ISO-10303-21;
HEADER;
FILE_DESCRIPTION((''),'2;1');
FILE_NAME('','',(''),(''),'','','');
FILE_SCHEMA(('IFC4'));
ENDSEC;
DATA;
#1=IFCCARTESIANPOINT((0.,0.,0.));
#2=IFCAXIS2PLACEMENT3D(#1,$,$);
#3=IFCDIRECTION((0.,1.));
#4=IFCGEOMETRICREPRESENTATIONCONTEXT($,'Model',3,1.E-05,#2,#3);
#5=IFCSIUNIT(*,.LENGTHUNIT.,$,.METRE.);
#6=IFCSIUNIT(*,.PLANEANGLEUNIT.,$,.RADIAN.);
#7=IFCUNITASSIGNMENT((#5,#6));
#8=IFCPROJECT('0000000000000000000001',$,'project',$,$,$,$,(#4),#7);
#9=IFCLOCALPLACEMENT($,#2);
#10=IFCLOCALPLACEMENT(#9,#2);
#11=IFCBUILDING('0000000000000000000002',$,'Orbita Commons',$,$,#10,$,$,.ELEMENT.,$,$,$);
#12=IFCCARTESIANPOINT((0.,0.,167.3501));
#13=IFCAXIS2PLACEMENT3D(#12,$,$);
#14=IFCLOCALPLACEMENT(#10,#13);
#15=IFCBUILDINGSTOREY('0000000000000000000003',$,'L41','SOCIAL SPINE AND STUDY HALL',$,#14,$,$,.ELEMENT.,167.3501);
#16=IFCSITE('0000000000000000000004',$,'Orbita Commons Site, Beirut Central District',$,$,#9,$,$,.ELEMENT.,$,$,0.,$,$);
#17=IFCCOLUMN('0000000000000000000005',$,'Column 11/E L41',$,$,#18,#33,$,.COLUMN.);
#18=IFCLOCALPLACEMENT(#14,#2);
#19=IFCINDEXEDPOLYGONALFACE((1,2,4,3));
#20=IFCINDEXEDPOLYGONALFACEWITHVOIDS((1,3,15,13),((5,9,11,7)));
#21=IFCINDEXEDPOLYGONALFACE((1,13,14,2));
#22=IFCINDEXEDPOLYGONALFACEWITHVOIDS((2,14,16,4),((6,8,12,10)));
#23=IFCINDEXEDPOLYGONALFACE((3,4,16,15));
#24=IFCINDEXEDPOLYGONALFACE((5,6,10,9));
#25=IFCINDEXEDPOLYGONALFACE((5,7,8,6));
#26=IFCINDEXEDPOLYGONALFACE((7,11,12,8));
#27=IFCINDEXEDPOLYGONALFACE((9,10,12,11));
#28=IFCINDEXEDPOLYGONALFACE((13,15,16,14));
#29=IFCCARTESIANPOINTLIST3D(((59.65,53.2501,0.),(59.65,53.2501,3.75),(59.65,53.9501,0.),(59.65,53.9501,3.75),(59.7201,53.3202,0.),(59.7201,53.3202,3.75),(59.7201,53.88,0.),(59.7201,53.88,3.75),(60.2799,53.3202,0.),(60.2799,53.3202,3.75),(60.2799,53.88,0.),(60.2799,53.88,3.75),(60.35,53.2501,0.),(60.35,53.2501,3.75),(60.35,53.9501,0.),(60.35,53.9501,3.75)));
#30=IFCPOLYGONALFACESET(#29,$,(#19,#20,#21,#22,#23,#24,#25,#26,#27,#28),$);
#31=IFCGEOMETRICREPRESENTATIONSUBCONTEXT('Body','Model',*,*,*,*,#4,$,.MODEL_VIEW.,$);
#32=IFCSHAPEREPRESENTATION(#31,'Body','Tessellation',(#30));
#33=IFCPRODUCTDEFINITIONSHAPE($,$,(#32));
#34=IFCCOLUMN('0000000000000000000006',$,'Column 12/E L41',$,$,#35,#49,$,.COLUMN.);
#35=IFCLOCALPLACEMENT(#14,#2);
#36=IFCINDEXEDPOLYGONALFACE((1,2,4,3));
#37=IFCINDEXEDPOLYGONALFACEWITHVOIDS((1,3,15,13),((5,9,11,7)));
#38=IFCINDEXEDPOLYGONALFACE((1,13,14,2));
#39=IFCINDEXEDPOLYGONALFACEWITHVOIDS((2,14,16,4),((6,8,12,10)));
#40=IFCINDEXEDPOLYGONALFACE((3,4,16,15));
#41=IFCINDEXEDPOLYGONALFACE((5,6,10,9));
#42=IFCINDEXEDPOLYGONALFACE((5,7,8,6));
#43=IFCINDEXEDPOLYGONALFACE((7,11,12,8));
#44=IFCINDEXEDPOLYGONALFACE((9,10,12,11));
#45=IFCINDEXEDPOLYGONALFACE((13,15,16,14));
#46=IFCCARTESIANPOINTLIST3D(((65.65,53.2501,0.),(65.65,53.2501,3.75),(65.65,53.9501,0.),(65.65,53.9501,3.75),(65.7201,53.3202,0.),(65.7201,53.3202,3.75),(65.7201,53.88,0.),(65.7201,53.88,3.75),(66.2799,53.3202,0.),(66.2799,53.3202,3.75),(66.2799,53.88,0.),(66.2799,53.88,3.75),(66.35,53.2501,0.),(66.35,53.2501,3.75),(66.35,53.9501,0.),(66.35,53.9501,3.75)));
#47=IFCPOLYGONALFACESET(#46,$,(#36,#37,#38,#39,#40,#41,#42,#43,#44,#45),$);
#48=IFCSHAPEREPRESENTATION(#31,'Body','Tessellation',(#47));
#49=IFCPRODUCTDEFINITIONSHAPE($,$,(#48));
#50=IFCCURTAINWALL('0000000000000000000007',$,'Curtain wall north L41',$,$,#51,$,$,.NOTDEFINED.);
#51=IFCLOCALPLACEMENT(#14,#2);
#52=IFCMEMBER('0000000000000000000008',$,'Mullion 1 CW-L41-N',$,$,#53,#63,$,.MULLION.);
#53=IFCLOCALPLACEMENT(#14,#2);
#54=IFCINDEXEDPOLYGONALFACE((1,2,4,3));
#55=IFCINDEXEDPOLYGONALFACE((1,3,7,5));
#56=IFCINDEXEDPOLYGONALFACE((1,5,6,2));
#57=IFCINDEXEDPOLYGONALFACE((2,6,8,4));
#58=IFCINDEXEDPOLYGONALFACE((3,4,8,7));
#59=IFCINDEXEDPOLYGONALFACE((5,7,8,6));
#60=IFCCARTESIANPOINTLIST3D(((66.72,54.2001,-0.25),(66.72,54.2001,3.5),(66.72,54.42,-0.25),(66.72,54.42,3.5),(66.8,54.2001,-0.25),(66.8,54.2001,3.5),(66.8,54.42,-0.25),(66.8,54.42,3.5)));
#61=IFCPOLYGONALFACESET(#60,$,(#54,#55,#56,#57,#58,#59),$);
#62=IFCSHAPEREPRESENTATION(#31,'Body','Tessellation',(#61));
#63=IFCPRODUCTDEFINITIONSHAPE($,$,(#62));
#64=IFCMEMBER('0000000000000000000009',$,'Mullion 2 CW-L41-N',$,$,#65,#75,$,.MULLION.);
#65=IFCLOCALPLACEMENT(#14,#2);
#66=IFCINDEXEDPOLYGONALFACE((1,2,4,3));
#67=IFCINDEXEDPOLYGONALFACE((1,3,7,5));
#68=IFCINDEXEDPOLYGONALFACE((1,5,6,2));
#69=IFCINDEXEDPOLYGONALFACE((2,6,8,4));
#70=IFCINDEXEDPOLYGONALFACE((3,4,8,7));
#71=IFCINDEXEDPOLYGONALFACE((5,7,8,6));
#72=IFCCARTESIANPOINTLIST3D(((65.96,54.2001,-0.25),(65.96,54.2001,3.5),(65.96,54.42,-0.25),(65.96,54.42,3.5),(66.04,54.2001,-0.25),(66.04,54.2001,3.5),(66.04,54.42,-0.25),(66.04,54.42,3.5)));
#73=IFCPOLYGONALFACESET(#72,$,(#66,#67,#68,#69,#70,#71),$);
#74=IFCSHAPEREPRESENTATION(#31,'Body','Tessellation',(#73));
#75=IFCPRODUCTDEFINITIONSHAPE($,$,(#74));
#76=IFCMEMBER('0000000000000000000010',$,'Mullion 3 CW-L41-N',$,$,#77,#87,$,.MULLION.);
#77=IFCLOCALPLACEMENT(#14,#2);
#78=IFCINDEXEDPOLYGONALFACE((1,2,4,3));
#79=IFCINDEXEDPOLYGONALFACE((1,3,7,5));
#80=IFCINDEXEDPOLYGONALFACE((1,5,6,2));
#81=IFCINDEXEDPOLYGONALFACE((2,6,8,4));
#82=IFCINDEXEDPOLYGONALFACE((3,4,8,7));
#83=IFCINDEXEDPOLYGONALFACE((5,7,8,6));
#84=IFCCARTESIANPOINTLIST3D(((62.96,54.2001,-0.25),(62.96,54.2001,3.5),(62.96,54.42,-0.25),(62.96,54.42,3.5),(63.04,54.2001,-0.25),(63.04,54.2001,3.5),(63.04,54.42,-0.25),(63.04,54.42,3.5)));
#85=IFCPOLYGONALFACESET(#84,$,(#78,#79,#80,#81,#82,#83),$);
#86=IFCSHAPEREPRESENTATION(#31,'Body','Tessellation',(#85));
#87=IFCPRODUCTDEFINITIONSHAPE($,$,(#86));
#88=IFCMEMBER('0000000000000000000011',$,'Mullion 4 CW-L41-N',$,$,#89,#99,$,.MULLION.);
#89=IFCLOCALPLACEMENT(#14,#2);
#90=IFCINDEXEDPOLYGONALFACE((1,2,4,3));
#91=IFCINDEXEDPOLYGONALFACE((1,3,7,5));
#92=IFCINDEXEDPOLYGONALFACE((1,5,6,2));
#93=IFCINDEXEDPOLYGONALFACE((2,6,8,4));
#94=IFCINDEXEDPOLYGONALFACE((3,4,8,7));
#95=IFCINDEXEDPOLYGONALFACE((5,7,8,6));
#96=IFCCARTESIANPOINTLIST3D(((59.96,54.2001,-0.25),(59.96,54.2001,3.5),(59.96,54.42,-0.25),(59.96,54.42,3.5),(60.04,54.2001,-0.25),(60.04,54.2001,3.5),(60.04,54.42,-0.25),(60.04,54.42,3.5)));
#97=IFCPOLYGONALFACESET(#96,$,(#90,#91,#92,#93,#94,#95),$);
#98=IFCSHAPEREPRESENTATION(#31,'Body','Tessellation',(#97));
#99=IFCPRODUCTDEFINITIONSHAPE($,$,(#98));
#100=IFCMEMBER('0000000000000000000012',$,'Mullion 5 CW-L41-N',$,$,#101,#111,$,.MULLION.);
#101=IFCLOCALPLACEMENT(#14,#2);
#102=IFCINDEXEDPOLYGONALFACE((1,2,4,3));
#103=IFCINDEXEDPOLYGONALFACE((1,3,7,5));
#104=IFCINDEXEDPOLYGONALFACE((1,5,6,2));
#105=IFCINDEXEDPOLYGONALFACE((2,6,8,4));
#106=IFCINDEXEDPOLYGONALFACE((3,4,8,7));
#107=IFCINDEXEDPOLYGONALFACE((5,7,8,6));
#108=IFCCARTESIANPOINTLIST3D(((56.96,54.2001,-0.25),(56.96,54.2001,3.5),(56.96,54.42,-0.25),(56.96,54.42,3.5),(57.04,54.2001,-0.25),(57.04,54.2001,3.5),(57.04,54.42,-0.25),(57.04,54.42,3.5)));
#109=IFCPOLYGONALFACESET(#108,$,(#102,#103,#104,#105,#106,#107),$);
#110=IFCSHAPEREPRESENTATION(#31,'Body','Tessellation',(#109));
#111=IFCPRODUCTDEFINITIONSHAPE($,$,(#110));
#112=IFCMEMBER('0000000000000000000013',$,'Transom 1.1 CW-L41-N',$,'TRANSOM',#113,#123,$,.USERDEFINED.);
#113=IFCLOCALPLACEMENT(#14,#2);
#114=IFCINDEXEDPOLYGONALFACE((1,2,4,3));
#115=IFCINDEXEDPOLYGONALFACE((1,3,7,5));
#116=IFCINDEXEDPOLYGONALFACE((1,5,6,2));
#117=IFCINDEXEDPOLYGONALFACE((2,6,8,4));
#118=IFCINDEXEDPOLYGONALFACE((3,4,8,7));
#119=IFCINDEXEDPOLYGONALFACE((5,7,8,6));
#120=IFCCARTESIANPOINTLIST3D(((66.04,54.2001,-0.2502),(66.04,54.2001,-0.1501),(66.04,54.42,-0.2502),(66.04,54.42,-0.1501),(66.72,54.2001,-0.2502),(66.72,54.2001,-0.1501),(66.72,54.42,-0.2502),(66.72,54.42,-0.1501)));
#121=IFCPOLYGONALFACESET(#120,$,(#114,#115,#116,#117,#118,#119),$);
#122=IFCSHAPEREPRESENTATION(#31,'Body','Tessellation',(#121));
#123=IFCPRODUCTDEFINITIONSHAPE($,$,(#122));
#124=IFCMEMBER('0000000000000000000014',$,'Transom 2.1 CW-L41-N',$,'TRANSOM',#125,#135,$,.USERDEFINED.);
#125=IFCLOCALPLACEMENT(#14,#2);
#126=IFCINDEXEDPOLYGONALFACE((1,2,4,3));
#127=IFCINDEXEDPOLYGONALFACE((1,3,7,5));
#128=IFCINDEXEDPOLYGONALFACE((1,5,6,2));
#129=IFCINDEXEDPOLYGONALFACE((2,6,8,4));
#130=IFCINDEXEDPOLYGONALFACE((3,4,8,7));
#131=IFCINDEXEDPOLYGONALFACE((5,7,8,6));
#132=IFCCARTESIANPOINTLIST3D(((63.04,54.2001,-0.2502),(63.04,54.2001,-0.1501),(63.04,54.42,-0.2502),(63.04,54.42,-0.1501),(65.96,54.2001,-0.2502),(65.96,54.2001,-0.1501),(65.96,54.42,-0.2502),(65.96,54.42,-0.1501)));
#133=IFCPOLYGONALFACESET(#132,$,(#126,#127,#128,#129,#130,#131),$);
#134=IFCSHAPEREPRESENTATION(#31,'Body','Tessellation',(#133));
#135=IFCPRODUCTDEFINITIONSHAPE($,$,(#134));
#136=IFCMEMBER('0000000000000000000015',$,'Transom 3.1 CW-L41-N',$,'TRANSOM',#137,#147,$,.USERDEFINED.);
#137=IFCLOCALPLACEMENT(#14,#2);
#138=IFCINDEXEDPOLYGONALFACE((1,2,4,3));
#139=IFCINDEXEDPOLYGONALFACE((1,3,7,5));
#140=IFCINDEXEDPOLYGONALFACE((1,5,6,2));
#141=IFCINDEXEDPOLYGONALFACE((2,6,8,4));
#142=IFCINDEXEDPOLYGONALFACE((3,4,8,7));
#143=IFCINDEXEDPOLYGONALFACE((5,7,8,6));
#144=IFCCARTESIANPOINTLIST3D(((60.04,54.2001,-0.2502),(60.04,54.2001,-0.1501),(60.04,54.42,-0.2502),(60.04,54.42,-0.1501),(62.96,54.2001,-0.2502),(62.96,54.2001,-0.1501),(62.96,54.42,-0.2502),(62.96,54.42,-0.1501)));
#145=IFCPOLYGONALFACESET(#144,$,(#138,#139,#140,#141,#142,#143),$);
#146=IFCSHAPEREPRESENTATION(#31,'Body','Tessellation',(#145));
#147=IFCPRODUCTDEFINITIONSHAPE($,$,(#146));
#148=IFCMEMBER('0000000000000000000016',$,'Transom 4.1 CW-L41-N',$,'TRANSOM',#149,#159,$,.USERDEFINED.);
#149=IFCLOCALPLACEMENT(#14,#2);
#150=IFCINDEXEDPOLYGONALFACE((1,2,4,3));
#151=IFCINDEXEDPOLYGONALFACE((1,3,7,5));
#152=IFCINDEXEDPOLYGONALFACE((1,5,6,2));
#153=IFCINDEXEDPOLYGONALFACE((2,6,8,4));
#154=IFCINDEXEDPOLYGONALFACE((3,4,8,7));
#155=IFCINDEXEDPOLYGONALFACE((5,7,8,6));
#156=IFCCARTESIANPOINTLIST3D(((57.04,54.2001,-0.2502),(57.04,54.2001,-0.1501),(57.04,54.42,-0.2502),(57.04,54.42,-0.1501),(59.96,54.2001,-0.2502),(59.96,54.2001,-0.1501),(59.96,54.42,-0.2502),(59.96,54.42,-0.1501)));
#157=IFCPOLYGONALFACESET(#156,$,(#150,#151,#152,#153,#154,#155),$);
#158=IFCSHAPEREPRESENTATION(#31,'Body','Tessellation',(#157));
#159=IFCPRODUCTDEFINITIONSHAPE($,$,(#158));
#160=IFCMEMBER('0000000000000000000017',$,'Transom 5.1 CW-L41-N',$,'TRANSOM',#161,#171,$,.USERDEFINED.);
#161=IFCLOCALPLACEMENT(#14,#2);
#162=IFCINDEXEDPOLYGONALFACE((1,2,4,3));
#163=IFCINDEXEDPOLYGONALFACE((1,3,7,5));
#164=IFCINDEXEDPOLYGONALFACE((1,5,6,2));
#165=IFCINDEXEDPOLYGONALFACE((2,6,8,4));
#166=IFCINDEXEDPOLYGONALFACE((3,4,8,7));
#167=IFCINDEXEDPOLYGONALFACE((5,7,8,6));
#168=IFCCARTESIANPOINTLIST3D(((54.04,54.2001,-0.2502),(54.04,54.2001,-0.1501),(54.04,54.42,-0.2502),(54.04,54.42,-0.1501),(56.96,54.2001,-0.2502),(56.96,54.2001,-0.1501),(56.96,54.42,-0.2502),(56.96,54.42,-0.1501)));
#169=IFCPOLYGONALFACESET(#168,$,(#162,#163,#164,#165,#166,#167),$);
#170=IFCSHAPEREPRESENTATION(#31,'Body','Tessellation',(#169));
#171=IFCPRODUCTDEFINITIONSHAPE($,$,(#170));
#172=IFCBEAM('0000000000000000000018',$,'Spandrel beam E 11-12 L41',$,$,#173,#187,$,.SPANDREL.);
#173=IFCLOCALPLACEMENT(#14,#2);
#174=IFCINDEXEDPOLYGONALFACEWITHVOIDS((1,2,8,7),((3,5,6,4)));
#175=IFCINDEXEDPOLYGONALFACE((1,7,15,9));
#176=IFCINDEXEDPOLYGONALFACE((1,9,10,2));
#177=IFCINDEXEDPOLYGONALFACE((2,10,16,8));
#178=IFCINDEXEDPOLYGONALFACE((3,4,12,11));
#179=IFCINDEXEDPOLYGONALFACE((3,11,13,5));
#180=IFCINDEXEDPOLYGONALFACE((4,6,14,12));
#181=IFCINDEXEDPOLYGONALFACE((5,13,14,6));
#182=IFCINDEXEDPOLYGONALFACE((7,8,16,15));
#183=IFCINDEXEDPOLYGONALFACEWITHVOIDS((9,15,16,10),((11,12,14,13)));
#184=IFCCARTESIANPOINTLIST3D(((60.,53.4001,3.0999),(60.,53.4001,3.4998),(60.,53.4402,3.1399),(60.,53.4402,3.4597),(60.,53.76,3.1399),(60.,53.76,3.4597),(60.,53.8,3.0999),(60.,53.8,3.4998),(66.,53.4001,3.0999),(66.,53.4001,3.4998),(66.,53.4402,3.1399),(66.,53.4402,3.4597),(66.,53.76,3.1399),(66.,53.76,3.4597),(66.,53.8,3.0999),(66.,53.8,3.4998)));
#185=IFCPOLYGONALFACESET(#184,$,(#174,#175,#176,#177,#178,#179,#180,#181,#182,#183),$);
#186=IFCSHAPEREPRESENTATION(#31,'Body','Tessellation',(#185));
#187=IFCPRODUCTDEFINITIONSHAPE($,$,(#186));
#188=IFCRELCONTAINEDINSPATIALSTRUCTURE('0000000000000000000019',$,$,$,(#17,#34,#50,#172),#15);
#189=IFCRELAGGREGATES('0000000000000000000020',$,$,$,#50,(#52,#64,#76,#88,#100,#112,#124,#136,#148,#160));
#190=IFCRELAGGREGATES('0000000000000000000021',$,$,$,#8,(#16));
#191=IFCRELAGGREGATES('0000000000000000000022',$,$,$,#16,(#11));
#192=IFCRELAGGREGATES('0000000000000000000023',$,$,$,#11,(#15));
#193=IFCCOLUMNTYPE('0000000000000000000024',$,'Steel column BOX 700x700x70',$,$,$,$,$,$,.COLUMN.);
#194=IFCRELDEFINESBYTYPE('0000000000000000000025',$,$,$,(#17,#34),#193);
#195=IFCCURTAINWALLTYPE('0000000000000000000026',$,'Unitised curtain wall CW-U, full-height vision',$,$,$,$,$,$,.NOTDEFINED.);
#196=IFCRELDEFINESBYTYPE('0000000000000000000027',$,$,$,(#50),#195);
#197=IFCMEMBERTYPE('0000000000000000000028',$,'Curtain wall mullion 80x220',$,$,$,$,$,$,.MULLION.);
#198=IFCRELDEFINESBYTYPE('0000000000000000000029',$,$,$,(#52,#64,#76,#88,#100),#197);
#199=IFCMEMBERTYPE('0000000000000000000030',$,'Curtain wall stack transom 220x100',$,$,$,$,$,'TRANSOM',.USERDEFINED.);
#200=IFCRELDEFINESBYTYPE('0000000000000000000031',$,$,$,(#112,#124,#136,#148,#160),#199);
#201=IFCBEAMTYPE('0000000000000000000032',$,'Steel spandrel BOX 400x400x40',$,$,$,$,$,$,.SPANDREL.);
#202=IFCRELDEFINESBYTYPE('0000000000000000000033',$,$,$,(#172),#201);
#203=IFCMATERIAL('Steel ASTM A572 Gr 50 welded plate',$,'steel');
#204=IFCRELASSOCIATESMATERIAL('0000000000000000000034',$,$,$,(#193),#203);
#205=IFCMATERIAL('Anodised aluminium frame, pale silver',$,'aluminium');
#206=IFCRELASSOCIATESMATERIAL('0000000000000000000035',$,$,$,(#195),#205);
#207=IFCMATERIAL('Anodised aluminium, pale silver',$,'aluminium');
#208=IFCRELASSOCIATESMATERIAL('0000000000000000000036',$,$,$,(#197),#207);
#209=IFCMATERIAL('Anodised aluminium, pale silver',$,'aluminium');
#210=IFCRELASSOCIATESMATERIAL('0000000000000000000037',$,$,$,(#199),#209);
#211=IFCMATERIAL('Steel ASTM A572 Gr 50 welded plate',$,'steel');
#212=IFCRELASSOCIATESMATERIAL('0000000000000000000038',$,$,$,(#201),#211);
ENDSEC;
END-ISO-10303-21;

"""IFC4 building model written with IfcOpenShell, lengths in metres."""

from ifc_helpers import new_model, si_unit, direction, frame, origin, origin_2d, place, context, subcontext, project, spatial, rectangle, hollow_rectangle, extrude, material, material_profile, profile_set, type_object, element, aggregate, save


model = new_model("IFC4")

# Units and contexts
model_context = context("Model", 3, precision=1e-05, world=origin(), true_north=direction((0.0, 1.0)))
body_context = subcontext(model_context, "Body", "Model", "MODEL_VIEW")
ifc_project = project(units=[si_unit("LENGTHUNIT", "METRE"), si_unit("PLANEANGLEUNIT", "RADIAN")], contexts=[model_context])

# Site, building, storey
site_placement = place(None, origin())
site = spatial("IfcSite", under=ifc_project, at=site_placement, Name="Orbita Commons Site, Beirut Central District", CompositionType="ELEMENT", RefElevation=0.0)
building_placement = place(site_placement, origin())
building = spatial("IfcBuilding", under=site, at=building_placement, Name="Orbita Commons", CompositionType="ELEMENT")
storey_placement = place(building_placement, frame((0.0, 0.0, 167.3501)))
storey = spatial("IfcBuildingStorey", under=building, at=storey_placement, Name="L41", Description="SOCIAL SPINE AND STUDY HALL", CompositionType="ELEMENT", Elevation=167.3501)

# Columns
ifc_material_1 = material(Name="Steel ASTM A572 Gr 50 welded plate", Category="steel")
ifc_material_profile_1 = material_profile(ifc_material_1, hollow_rectangle(XDim=0.7, YDim=0.7, WallThickness=0.0701, at=origin_2d()), Name="BOX 700x700x70")
ifc_profile_set_1 = profile_set([ifc_material_profile_1], Name="Steel ASTM A572 Gr 50 welded plate")
column_type = type_object("IfcColumnType", Name="Steel column BOX 700x700x70", PredefinedType="COLUMN", material=ifc_profile_set_1)
for number, where, z_axis, x_axis, name in (
    (1, (60.0, 53.6001, 0.0), (0.0, 0.0, 1.0), (1.0, 0.0, 0.0), "Column 11/E L41"),
    (2, (66.0, 53.6001, 0.0), (0.0, 0.0, 1.0), (1.0, 0.0, 0.0), "Column 12/E L41"),
):
    element("IfcColumn", number, at=place(storey_placement, frame(where, z_axis=z_axis, x_axis=x_axis)), inside=storey, type_object=column_type, Name=name, PredefinedType="COLUMN", context=body_context, shape_type="SweptSolid", body=[
        extrude(hollow_rectangle(XDim=0.7, YDim=0.7, WallThickness=0.0701, at=origin_2d()), origin(), (0.0, 0.0, 1.0), 3.75),
    ])

# Curtain wall, members
ifc_material_2 = material(Name="Anodised aluminium frame, pale silver", Category="aluminium")
curtain_wall_type = type_object("IfcCurtainWallType", Name="Unitised curtain wall CW-U, full-height vision", PredefinedType="NOTDEFINED", material=ifc_material_2)
curtain_wall_placement = place(storey_placement, origin())
curtain_wall = element("IfcCurtainWall", 3, at=curtain_wall_placement, inside=storey, type_object=curtain_wall_type, Name="Curtain wall north L41", PredefinedType="NOTDEFINED")
ifc_material_3 = material(Name="Anodised aluminium, pale silver", Category="aluminium")
ifc_material_profile_2 = material_profile(ifc_material_3, rectangle(XDim=0.0801, YDim=0.22, at=origin_2d()), Name="AL 80x220")
ifc_profile_set_2 = profile_set([ifc_material_profile_2], Name="Anodised aluminium, pale silver")
member_type_1 = type_object("IfcMemberType", Name="Curtain wall mullion 80x220", PredefinedType="MULLION", material=ifc_profile_set_2)
member_1_placement = place(storey_placement, frame((66.76, 54.3101, -0.25), z_axis=(0.0, 0.0, 1.0), x_axis=(-1.0, 0.0, 0.0)))
member_1 = element("IfcMember", 4, at=member_1_placement, type_object=member_type_1, Name="Mullion 1 CW-L41-N", PredefinedType="MULLION", context=body_context, shape_type="SweptSolid", body=[
    extrude(rectangle(XDim=0.0801, YDim=0.22, at=origin_2d()), origin(), (0.0, 0.0, 1.0), 3.75),
])
member_2_placement = place(storey_placement, frame((66.0, 54.3101, -0.25), z_axis=(0.0, 0.0, 1.0), x_axis=(-1.0, 0.0, 0.0)))
member_2 = element("IfcMember", 5, at=member_2_placement, type_object=member_type_1, Name="Mullion 2 CW-L41-N", PredefinedType="MULLION", context=body_context, shape_type="SweptSolid", body=[
    extrude(rectangle(XDim=0.0801, YDim=0.22, at=origin_2d()), origin(), (0.0, 0.0, 1.0), 3.75),
])
member_3_placement = place(storey_placement, frame((63.0, 54.3101, -0.25), z_axis=(0.0, 0.0, 1.0), x_axis=(-1.0, 0.0, 0.0)))
member_3 = element("IfcMember", 6, at=member_3_placement, type_object=member_type_1, Name="Mullion 3 CW-L41-N", PredefinedType="MULLION", context=body_context, shape_type="SweptSolid", body=[
    extrude(rectangle(XDim=0.0801, YDim=0.22, at=origin_2d()), origin(), (0.0, 0.0, 1.0), 3.75),
])
member_4_placement = place(storey_placement, frame((60.0, 54.3101, -0.25), z_axis=(0.0, 0.0, 1.0), x_axis=(-1.0, 0.0, 0.0)))
member_4 = element("IfcMember", 7, at=member_4_placement, type_object=member_type_1, Name="Mullion 4 CW-L41-N", PredefinedType="MULLION", context=body_context, shape_type="SweptSolid", body=[
    extrude(rectangle(XDim=0.0801, YDim=0.22, at=origin_2d()), origin(), (0.0, 0.0, 1.0), 3.75),
])
member_5_placement = place(storey_placement, frame((57.0, 54.3101, -0.25), z_axis=(0.0, 0.0, 1.0), x_axis=(-1.0, 0.0, 0.0)))
member_5 = element("IfcMember", 8, at=member_5_placement, type_object=member_type_1, Name="Mullion 5 CW-L41-N", PredefinedType="MULLION", context=body_context, shape_type="SweptSolid", body=[
    extrude(rectangle(XDim=0.0801, YDim=0.22, at=origin_2d()), origin(), (0.0, 0.0, 1.0), 3.75),
])
ifc_material_4 = material(Name="Anodised aluminium, pale silver", Category="aluminium")
ifc_material_profile_3 = material_profile(ifc_material_4, rectangle(XDim=0.22, YDim=0.1001, at=origin_2d()), Name="AL 220x100")
ifc_profile_set_3 = profile_set([ifc_material_profile_3], Name="Anodised aluminium, pale silver")
member_type_2 = type_object("IfcMemberType", Name="Curtain wall stack transom 220x100", ElementType="TRANSOM", PredefinedType="USERDEFINED", material=ifc_profile_set_3)
member_6_placement = place(storey_placement, frame((66.72, 54.3101, -0.2002), z_axis=(-1.0, 0.0, 0.0), x_axis=(0.0, -1.0, 0.0)))
member_6 = element("IfcMember", 9, at=member_6_placement, type_object=member_type_2, Name="Transom 1.1 CW-L41-N", ObjectType="TRANSOM", PredefinedType="USERDEFINED", context=body_context, shape_type="SweptSolid", body=[
    extrude(rectangle(XDim=0.22, YDim=0.1001, at=origin_2d()), origin(), (0.0, 0.0, 1.0), 0.6799),
])
member_7_placement = place(storey_placement, frame((65.96, 54.3101, -0.2002), z_axis=(-1.0, 0.0, 0.0), x_axis=(0.0, -1.0, 0.0)))
member_7 = element("IfcMember", 10, at=member_7_placement, type_object=member_type_2, Name="Transom 2.1 CW-L41-N", ObjectType="TRANSOM", PredefinedType="USERDEFINED", context=body_context, shape_type="SweptSolid", body=[
    extrude(rectangle(XDim=0.22, YDim=0.1001, at=origin_2d()), origin(), (0.0, 0.0, 1.0), 2.9199),
])
member_8_placement = place(storey_placement, frame((62.96, 54.3101, -0.2002), z_axis=(-1.0, 0.0, 0.0), x_axis=(0.0, -1.0, 0.0)))
member_8 = element("IfcMember", 11, at=member_8_placement, type_object=member_type_2, Name="Transom 3.1 CW-L41-N", ObjectType="TRANSOM", PredefinedType="USERDEFINED", context=body_context, shape_type="SweptSolid", body=[
    extrude(rectangle(XDim=0.22, YDim=0.1001, at=origin_2d()), origin(), (0.0, 0.0, 1.0), 2.9199),
])
member_9_placement = place(storey_placement, frame((59.96, 54.3101, -0.2002), z_axis=(-1.0, 0.0, 0.0), x_axis=(0.0, -1.0, 0.0)))
member_9 = element("IfcMember", 12, at=member_9_placement, type_object=member_type_2, Name="Transom 4.1 CW-L41-N", ObjectType="TRANSOM", PredefinedType="USERDEFINED", context=body_context, shape_type="SweptSolid", body=[
    extrude(rectangle(XDim=0.22, YDim=0.1001, at=origin_2d()), origin(), (0.0, 0.0, 1.0), 2.9199),
])
member_10_placement = place(storey_placement, frame((56.96, 54.3101, -0.2002), z_axis=(-1.0, 0.0, 0.0), x_axis=(0.0, -1.0, 0.0)))
member_10 = element("IfcMember", 13, at=member_10_placement, type_object=member_type_2, Name="Transom 5.1 CW-L41-N", ObjectType="TRANSOM", PredefinedType="USERDEFINED", context=body_context, shape_type="SweptSolid", body=[
    extrude(rectangle(XDim=0.22, YDim=0.1001, at=origin_2d()), origin(), (0.0, 0.0, 1.0), 2.9199),
])

# Beam
ifc_material_5 = material(Name="Steel ASTM A572 Gr 50 welded plate", Category="steel")
ifc_material_profile_4 = material_profile(ifc_material_5, hollow_rectangle(XDim=0.3999, YDim=0.3999, WallThickness=0.04, at=origin_2d()), Name="BOX 400x400x40")
ifc_profile_set_4 = profile_set([ifc_material_profile_4], Name="Steel ASTM A572 Gr 50 welded plate")
beam_type = type_object("IfcBeamType", Name="Steel spandrel BOX 400x400x40", PredefinedType="SPANDREL", material=ifc_profile_set_4)
beam_placement = place(storey_placement, frame((60.0, 53.6001, 3.2998), z_axis=(1.0, 0.0, 0.0), x_axis=(0.0, 1.0, 0.0)))
element("IfcBeam", 14, at=beam_placement, inside=storey, type_object=beam_type, Name="Spandrel beam E 11-12 L41", PredefinedType="SPANDREL", context=body_context, shape_type="SweptSolid", body=[
    extrude(hollow_rectangle(XDim=0.3999, YDim=0.3999, WallThickness=0.04, at=origin_2d()), origin(), (0.0, 0.0, 1.0), 6.0),
])

aggregate(curtain_wall, [member_1, member_2, member_3, member_4, member_5, member_6, member_7, member_8, member_9, member_10])

save(model, "model.ifc")
